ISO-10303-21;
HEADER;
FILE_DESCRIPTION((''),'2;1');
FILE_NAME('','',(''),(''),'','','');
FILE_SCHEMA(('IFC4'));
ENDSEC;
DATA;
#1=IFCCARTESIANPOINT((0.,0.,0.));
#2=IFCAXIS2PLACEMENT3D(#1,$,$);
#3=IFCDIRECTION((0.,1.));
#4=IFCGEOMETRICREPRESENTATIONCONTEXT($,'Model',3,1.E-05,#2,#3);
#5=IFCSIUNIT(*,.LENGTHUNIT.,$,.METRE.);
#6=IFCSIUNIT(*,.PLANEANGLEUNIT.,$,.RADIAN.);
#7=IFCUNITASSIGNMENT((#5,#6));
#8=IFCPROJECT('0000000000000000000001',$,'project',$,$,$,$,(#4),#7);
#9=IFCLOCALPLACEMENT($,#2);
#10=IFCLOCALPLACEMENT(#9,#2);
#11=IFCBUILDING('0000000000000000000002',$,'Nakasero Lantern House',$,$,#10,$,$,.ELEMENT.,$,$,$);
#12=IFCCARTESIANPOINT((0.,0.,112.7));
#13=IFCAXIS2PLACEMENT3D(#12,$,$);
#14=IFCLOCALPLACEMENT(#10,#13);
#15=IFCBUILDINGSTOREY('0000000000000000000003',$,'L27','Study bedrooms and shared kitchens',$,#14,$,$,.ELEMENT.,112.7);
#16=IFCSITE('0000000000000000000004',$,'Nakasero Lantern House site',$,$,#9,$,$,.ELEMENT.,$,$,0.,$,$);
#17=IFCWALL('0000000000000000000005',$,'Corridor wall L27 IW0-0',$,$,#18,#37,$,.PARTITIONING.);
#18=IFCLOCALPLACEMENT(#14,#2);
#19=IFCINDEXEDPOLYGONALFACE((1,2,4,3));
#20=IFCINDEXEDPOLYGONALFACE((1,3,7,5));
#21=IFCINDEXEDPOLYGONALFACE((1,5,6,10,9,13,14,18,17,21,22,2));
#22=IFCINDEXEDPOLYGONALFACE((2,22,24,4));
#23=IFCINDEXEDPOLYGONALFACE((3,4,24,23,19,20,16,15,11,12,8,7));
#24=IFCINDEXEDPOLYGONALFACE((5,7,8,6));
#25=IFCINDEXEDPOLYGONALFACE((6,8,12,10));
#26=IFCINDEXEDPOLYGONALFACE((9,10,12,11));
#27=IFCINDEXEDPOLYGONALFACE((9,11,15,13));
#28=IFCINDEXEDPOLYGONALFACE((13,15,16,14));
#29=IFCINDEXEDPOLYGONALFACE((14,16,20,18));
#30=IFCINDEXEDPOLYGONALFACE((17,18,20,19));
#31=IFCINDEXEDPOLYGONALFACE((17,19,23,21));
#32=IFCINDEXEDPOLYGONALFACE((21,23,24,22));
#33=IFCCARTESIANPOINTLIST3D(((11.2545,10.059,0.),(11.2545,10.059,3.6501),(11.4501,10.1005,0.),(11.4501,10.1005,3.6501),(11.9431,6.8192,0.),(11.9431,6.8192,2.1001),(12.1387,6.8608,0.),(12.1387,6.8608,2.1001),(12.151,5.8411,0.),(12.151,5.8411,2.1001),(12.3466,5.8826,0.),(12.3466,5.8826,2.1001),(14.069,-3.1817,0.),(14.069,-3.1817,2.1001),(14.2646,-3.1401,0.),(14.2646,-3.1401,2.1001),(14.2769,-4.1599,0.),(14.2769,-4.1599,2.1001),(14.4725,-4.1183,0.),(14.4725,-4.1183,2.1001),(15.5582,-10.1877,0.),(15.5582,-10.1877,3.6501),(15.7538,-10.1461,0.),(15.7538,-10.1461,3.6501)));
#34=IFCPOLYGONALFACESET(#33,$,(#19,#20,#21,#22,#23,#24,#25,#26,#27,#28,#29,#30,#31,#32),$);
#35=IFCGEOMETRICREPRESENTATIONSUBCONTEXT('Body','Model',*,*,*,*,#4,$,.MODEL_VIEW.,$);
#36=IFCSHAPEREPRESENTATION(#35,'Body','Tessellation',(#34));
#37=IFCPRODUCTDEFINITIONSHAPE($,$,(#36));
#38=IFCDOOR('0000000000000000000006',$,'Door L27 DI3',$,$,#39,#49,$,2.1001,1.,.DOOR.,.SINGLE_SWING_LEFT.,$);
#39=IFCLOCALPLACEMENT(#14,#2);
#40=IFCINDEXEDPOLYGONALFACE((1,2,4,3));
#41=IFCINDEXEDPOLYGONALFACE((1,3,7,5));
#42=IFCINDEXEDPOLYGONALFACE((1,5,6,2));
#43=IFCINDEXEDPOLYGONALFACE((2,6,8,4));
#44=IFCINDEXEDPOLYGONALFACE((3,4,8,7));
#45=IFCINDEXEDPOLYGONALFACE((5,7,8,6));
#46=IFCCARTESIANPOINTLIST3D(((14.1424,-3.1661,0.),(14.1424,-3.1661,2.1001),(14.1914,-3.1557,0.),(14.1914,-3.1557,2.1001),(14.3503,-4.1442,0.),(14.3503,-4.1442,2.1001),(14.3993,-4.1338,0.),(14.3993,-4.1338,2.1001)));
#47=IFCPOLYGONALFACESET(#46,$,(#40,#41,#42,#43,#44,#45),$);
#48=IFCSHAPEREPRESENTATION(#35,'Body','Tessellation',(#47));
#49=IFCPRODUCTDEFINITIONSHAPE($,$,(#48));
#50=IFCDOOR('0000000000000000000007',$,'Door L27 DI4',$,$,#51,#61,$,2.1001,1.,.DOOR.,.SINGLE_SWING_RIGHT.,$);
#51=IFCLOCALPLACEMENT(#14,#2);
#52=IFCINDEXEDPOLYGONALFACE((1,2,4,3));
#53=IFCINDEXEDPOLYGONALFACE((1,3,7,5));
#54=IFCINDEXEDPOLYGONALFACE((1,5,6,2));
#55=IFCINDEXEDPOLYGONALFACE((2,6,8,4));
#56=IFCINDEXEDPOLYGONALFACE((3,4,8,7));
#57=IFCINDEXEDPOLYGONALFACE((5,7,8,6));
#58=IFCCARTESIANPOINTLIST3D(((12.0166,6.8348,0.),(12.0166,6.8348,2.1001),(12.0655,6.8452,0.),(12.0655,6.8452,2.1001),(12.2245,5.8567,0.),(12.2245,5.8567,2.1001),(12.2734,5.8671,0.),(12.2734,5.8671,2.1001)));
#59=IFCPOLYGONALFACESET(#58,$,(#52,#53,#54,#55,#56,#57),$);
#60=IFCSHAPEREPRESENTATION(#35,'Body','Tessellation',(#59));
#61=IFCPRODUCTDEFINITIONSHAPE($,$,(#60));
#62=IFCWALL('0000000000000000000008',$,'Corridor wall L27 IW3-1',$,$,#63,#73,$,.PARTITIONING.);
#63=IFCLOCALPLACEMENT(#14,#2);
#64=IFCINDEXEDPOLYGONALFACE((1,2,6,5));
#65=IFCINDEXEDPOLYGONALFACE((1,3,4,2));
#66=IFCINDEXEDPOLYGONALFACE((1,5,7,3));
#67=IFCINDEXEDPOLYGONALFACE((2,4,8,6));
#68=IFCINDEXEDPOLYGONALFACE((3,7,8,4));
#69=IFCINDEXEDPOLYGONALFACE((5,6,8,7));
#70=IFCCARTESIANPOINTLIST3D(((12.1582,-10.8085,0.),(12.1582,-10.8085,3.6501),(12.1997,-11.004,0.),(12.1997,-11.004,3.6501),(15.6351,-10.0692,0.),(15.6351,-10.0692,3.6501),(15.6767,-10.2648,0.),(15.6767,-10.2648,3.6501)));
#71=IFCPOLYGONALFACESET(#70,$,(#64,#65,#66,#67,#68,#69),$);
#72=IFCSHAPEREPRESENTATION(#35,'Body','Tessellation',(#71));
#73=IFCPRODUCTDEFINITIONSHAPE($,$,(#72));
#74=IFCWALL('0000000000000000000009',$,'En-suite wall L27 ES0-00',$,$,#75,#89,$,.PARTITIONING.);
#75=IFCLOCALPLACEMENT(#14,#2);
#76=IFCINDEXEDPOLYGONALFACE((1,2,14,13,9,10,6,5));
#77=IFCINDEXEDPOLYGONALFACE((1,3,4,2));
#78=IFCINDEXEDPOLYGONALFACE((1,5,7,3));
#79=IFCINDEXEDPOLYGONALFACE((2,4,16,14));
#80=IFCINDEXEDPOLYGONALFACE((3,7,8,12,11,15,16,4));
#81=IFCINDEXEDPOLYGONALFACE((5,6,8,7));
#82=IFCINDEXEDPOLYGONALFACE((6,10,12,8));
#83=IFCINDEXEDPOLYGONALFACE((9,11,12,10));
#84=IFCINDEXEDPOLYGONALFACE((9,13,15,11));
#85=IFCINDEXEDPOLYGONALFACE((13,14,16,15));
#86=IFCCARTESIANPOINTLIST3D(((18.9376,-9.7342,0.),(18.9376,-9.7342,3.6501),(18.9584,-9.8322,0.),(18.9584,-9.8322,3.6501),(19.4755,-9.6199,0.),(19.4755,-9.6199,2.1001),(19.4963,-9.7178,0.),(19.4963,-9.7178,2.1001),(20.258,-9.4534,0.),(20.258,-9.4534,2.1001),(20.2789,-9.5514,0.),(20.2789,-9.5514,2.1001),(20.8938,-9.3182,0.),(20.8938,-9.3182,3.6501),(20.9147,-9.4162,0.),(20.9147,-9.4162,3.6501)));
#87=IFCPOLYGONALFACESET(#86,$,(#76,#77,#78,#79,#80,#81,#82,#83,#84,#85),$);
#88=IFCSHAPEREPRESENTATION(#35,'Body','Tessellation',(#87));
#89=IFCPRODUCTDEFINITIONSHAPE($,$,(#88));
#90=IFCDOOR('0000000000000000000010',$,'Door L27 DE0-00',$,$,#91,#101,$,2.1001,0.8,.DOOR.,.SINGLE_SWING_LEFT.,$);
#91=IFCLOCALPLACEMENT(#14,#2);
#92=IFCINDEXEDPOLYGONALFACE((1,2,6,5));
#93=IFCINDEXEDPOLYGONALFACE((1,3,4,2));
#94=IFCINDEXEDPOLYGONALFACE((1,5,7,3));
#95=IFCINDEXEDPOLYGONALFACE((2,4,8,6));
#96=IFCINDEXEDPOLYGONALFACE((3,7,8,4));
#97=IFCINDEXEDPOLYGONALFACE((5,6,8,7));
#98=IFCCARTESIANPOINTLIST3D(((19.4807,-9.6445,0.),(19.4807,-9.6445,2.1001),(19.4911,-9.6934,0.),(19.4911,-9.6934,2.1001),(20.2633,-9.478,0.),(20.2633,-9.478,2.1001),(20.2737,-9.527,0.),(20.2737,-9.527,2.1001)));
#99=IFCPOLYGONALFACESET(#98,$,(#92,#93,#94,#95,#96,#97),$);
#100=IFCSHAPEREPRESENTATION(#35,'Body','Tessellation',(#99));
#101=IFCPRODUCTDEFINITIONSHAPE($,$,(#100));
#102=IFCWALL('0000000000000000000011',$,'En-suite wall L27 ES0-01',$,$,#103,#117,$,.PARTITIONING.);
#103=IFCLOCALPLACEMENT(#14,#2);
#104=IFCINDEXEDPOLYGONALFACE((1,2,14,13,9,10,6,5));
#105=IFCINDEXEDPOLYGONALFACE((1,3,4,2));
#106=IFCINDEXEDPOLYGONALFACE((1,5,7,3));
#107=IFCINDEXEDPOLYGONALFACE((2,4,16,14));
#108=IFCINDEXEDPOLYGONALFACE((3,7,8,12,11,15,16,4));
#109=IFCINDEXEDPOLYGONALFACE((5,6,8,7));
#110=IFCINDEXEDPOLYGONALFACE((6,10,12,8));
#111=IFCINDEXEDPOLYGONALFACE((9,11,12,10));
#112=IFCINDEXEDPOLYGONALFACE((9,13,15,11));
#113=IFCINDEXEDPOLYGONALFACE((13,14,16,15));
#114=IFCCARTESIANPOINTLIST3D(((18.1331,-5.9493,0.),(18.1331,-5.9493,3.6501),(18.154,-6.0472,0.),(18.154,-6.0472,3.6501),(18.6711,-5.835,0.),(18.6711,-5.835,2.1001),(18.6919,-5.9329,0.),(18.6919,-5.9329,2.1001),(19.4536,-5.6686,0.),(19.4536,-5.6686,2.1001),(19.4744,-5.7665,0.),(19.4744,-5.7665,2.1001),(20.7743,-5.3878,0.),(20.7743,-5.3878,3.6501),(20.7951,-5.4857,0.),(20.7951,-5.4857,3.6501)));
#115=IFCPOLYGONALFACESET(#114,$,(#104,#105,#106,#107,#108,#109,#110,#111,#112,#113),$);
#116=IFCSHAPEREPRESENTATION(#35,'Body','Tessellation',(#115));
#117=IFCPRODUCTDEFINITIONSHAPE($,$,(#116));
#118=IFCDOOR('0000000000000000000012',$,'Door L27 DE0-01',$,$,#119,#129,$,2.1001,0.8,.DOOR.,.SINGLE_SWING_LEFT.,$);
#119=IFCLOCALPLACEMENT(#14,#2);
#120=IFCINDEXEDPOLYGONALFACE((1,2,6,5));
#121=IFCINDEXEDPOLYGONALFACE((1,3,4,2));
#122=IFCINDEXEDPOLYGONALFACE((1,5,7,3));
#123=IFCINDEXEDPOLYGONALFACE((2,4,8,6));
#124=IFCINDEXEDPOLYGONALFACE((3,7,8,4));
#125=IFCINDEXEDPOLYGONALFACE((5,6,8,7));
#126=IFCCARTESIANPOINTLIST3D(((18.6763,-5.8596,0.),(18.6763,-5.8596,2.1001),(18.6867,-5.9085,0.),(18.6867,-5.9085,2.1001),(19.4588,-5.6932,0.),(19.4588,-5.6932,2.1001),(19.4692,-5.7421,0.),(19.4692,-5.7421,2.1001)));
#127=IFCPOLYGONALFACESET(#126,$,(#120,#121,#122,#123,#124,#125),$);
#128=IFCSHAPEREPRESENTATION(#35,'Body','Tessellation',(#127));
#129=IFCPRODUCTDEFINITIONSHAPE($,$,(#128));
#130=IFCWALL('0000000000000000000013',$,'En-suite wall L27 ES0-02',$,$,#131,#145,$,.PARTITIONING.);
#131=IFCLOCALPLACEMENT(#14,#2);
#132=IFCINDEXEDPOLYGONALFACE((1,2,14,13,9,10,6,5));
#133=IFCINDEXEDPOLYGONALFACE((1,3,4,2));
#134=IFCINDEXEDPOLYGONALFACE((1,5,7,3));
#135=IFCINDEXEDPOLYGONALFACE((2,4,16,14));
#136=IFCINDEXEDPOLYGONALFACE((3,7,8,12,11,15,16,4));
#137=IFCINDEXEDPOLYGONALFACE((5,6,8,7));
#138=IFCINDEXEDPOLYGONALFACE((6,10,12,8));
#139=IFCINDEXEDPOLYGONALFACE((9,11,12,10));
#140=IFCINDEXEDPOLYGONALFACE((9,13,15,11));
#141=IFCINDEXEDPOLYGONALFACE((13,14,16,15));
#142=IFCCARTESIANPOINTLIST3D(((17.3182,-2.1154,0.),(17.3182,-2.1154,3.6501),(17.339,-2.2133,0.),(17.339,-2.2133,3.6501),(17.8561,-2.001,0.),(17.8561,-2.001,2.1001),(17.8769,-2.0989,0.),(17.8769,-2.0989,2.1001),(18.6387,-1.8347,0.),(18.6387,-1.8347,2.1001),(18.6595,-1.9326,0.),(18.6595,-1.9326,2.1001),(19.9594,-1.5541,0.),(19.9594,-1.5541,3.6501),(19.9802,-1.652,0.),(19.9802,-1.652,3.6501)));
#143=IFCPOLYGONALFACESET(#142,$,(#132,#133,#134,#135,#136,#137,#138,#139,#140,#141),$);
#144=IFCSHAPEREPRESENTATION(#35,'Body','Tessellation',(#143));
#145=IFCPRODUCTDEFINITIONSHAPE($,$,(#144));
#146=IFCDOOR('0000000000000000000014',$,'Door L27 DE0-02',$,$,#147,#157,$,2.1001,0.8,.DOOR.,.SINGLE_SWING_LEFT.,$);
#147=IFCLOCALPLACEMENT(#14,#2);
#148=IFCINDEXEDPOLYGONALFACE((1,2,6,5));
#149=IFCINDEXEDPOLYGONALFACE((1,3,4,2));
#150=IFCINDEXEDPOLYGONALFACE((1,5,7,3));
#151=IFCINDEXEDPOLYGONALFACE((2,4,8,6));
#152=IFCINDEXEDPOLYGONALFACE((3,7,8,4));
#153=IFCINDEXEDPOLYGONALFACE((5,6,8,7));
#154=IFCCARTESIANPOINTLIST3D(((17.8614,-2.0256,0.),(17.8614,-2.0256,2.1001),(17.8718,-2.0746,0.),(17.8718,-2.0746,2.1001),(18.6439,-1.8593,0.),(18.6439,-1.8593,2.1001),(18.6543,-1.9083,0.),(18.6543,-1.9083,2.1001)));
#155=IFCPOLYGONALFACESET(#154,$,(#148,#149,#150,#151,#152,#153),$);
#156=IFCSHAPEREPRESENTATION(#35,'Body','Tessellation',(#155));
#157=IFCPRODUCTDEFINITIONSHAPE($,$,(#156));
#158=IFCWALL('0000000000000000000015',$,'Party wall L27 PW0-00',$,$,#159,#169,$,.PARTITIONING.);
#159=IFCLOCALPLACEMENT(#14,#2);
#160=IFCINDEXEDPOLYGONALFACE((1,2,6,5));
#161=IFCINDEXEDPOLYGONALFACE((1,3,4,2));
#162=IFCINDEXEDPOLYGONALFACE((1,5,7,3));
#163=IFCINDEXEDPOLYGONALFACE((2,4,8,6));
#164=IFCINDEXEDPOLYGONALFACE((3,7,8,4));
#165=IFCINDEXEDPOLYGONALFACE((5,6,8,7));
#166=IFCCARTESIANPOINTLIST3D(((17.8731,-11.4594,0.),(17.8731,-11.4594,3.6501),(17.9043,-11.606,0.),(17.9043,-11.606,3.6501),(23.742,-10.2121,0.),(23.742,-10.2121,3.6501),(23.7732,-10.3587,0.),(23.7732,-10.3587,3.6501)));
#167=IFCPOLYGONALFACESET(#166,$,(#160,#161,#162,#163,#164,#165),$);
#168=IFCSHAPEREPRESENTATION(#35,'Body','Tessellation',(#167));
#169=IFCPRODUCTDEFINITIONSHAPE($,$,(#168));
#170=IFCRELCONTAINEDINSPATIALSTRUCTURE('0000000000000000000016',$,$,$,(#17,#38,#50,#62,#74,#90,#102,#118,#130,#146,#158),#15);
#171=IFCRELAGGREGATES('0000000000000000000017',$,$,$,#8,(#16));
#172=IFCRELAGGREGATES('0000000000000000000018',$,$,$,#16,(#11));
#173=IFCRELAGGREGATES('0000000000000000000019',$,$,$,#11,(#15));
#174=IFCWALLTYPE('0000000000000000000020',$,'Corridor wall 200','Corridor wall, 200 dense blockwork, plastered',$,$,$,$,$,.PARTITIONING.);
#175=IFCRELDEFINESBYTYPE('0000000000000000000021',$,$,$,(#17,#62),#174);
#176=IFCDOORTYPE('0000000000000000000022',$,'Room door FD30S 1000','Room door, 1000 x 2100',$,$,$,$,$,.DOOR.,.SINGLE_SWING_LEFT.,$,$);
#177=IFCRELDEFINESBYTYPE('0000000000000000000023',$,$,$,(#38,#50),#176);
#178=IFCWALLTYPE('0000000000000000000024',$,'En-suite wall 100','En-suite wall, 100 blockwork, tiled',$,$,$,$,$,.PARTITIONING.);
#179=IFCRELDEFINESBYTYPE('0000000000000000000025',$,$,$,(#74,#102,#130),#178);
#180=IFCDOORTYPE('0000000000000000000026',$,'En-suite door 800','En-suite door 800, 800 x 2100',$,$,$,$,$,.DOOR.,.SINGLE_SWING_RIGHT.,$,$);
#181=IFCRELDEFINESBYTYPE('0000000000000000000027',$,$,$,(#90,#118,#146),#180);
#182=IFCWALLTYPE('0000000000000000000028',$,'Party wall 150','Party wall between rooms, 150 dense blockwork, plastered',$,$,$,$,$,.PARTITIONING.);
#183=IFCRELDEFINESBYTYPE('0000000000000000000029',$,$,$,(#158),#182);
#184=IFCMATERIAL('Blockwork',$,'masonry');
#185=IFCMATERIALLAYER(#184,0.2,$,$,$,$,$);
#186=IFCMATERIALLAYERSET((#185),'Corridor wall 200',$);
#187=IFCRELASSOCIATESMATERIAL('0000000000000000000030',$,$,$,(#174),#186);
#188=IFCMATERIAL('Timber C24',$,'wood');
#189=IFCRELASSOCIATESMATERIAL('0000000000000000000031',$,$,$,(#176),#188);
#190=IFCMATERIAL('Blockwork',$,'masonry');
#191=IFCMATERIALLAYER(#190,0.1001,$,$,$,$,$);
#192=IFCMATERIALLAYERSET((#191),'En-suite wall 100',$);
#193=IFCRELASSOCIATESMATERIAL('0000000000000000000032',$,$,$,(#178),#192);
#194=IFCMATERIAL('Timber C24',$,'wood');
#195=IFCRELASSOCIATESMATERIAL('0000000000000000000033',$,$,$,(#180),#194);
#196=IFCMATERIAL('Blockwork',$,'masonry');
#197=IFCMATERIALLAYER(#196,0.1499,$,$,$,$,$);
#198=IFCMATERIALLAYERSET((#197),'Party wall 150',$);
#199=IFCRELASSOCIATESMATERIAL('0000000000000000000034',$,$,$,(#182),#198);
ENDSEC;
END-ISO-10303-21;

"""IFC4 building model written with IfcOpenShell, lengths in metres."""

from ifc_helpers import new_model, si_unit, direction, frame, frame_2d, origin, place, context, subcontext, project, spatial, rectangle, extrude, material, layer, layer_set, type_object, element, fill, save


model = new_model("IFC4")

# Units and contexts
model_context = context("Model", 3, precision=1e-05, world=origin(), true_north=direction((0.0, 1.0)))
body_context = subcontext(model_context, "Body", "Model", "MODEL_VIEW")
ifc_project = project(units=[si_unit("LENGTHUNIT", "METRE"), si_unit("PLANEANGLEUNIT", "RADIAN")], contexts=[model_context])

# Site, building, storey
site_placement = place(None, origin())
site = spatial("IfcSite", under=ifc_project, at=site_placement, Name="Nakasero Lantern House site", CompositionType="ELEMENT", RefElevation=0.0)
building_placement = place(site_placement, origin())
building = spatial("IfcBuilding", under=site, at=building_placement, Name="Nakasero Lantern House", CompositionType="ELEMENT")
storey_placement = place(building_placement, frame((0.0, 0.0, 112.7)))
storey = spatial("IfcBuildingStorey", under=building, at=storey_placement, Name="L27", Description="Study bedrooms and shared kitchens", CompositionType="ELEMENT", Elevation=112.7)

# Wall, openings, doors
ifc_material_1 = material(Name="Blockwork", Category="masonry")
ifc_layer_1 = layer(ifc_material_1, 0.2)
ifc_layer_set_1 = layer_set([ifc_layer_1], Name="Corridor wall 200")
wall_type_1 = type_object("IfcWallType", Name="Corridor wall 200", Description="Corridor wall, 200 dense blockwork, plastered", PredefinedType="PARTITIONING", material=ifc_layer_set_1)
wall_1_placement = place(storey_placement, frame((15.656, -10.167, 0.0), z_axis=(0.0, 0.0, 1.0), x_axis=(-0.207919, 0.978146, 0.0)))
wall_1 = element("IfcWall", 1, at=wall_1_placement, inside=storey, type_object=wall_type_1, Name="Corridor wall L27 IW0-0", PredefinedType="PARTITIONING", context=body_context, shape_type="SweptSolid", body=[
    extrude(rectangle(XDim=20.699, YDim=0.2, at=frame_2d((10.3496, 0.0))), origin(), (0.0, 0.0, 1.0), 3.6501),
])
opening_1_placement = place(wall_1_placement, frame((6.1626, 0.0, 0.0)))
opening_1 = element("IfcOpeningElement", 2, at=opening_1_placement, cuts=wall_1, PredefinedType="OPENING", context=body_context, shape_type="SweptSolid", body=[
    extrude(rectangle(XDim=1.0, YDim=2.1001, at=frame_2d((0.5, 1.05))), frame((0.0, 0.1199, 0.0), z_axis=(0.0, -1.0, 0.0), x_axis=(1.0, 0.0, 0.0)), (0.0, 0.0, 1.0), 0.24),
])
opening_2_placement = place(wall_1_placement, frame((16.387, 0.0, 0.0)))
opening_2 = element("IfcOpeningElement", 3, at=opening_2_placement, cuts=wall_1, PredefinedType="OPENING", context=body_context, shape_type="SweptSolid", body=[
    extrude(rectangle(XDim=1.0, YDim=2.1001, at=frame_2d((0.5, 1.05))), frame((0.0, 0.1199, 0.0), z_axis=(0.0, -1.0, 0.0), x_axis=(1.0, 0.0, 0.0)), (0.0, 0.0, 1.0), 0.24),
])
ifc_material_2 = material(Name="Timber C24", Category="wood")
door_type_1 = type_object("IfcDoorType", Name="Room door FD30S 1000", Description="Room door, 1000 x 2100", OperationType="SINGLE_SWING_LEFT", PredefinedType="DOOR", material=ifc_material_2)
door_1_placement = place(opening_1_placement, origin())
door_1 = element("IfcDoor", 4, at=door_1_placement, inside=storey, type_object=door_type_1, Name="Door L27 DI3", OperationType="SINGLE_SWING_LEFT", OverallHeight=2.1001, OverallWidth=1.0, PredefinedType="DOOR", context=body_context, shape_type="SweptSolid", body=[
    extrude(rectangle(XDim=1.0, YDim=2.1001, at=frame_2d((0.5, 1.05))), frame((0.0, 0.0249, 0.0), z_axis=(0.0, -1.0, 0.0), x_axis=(1.0, 0.0, 0.0)), (0.0, 0.0, 1.0), 0.05),
])
fill(opening_1, door_1)
door_2_placement = place(opening_2_placement, origin())
door_2 = element("IfcDoor", 5, at=door_2_placement, inside=storey, type_object=door_type_1, Name="Door L27 DI4", OperationType="SINGLE_SWING_RIGHT", OverallHeight=2.1001, OverallWidth=1.0, PredefinedType="DOOR", context=body_context, shape_type="SweptSolid", body=[
    extrude(rectangle(XDim=1.0, YDim=2.1001, at=frame_2d((0.5, 1.05))), frame((0.0, 0.0249, 0.0), z_axis=(0.0, -1.0, 0.0), x_axis=(1.0, 0.0, 0.0)), (0.0, 0.0, 1.0), 0.05),
])
fill(opening_2, door_2)

# Wall
wall_2_placement = place(storey_placement, frame((12.179, -10.9062, 0.0), z_axis=(0.0, 0.0, 1.0), x_axis=(0.978137, 0.207962, 0.0)))
element("IfcWall", 6, at=wall_2_placement, inside=storey, type_object=wall_type_1, Name="Corridor wall L27 IW3-1", PredefinedType="PARTITIONING", context=body_context, shape_type="SweptSolid", body=[
    extrude(rectangle(XDim=3.5547, YDim=0.2, at=frame_2d((1.7773, 0.0))), origin(), (0.0, 0.0, 1.0), 3.6501),
])

# Walls, openings, doors
ifc_material_3 = material(Name="Blockwork", Category="masonry")
ifc_layer_2 = layer(ifc_material_3, 0.1001)
ifc_layer_set_2 = layer_set([ifc_layer_2], Name="En-suite wall 100")
wall_type_2 = type_object("IfcWallType", Name="En-suite wall 100", Description="En-suite wall, 100 blockwork, tiled", PredefinedType="PARTITIONING", material=ifc_layer_set_2)
wall_3_placement = place(storey_placement, frame((18.948, -9.7832, 0.0), z_axis=(0.0, 0.0, 1.0), x_axis=(0.978128, 0.208003, 0.0)))
wall_3 = element("IfcWall", 7, at=wall_3_placement, inside=storey, type_object=wall_type_2, Name="En-suite wall L27 ES0-00", PredefinedType="PARTITIONING", context=body_context, shape_type="SweptSolid", body=[
    extrude(rectangle(XDim=2.0, YDim=0.1001, at=frame_2d((1.0, 0.0))), origin(), (0.0, 0.0, 1.0), 3.6501),
])
opening_3_placement = place(wall_3_placement, frame((0.55, 0.0, 0.0)))
opening_3 = element("IfcOpeningElement", 8, at=opening_3_placement, cuts=wall_3, PredefinedType="OPENING", context=body_context, shape_type="SweptSolid", body=[
    extrude(rectangle(XDim=0.8, YDim=2.1001, at=frame_2d((0.3999, 1.05))), frame((0.0, 0.0701, 0.0), z_axis=(0.0, -1.0, 0.0), x_axis=(1.0, 0.0, 0.0)), (0.0, 0.0, 1.0), 0.1401),
])
ifc_material_4 = material(Name="Timber C24", Category="wood")
door_type_2 = type_object("IfcDoorType", Name="En-suite door 800", Description="En-suite door 800, 800 x 2100", OperationType="SINGLE_SWING_RIGHT", PredefinedType="DOOR", material=ifc_material_4)
door_3_placement = place(opening_3_placement, origin())
door_3 = element("IfcDoor", 9, at=door_3_placement, inside=storey, type_object=door_type_2, Name="Door L27 DE0-00", OperationType="SINGLE_SWING_LEFT", OverallHeight=2.1001, OverallWidth=0.8, PredefinedType="DOOR", context=body_context, shape_type="SweptSolid", body=[
    extrude(rectangle(XDim=0.8, YDim=2.1001, at=frame_2d((0.3999, 1.05))), frame((0.0, 0.0249, 0.0), z_axis=(0.0, -1.0, 0.0), x_axis=(1.0, 0.0, 0.0)), (0.0, 0.0, 1.0), 0.05),
])
fill(opening_3, door_3)
wall_4_placement = place(storey_placement, frame((18.1436, -5.9983, 0.0), z_axis=(0.0, 0.0, 1.0), x_axis=(0.978137, 0.20796, 0.0)))
wall_4 = element("IfcWall", 10, at=wall_4_placement, inside=storey, type_object=wall_type_2, Name="En-suite wall L27 ES0-01", PredefinedType="PARTITIONING", context=body_context, shape_type="SweptSolid", body=[
    extrude(rectangle(XDim=2.7002, YDim=0.1001, at=frame_2d((1.3501, 0.0))), origin(), (0.0, 0.0, 1.0), 3.6501),
])
opening_4_placement = place(wall_4_placement, frame((0.55, 0.0, 0.0)))
opening_4 = element("IfcOpeningElement", 11, at=opening_4_placement, cuts=wall_4, PredefinedType="OPENING", context=body_context, shape_type="SweptSolid", body=[
    extrude(rectangle(XDim=0.8, YDim=2.1001, at=frame_2d((0.3999, 1.05))), frame((0.0, 0.0701, 0.0), z_axis=(0.0, -1.0, 0.0), x_axis=(1.0, 0.0, 0.0)), (0.0, 0.0, 1.0), 0.1401),
])
door_4_placement = place(opening_4_placement, origin())
door_4 = element("IfcDoor", 12, at=door_4_placement, inside=storey, type_object=door_type_2, Name="Door L27 DE0-01", OperationType="SINGLE_SWING_LEFT", OverallHeight=2.1001, OverallWidth=0.8, PredefinedType="DOOR", context=body_context, shape_type="SweptSolid", body=[
    extrude(rectangle(XDim=0.8, YDim=2.1001, at=frame_2d((0.3999, 1.05))), frame((0.0, 0.0249, 0.0), z_axis=(0.0, -1.0, 0.0), x_axis=(1.0, 0.0, 0.0)), (0.0, 0.0, 1.0), 0.05),
])
fill(opening_4, door_4)
wall_5_placement = place(storey_placement, frame((17.3286, -2.1643, 0.0), z_axis=(0.0, 0.0, 1.0), x_axis=(0.978156, 0.207874, 0.0)))
wall_5 = element("IfcWall", 13, at=wall_5_placement, inside=storey, type_object=wall_type_2, Name="En-suite wall L27 ES0-02", PredefinedType="PARTITIONING", context=body_context, shape_type="SweptSolid", body=[
    extrude(rectangle(XDim=2.7002, YDim=0.1001, at=frame_2d((1.3501, 0.0))), origin(), (0.0, 0.0, 1.0), 3.6501),
])
opening_5_placement = place(wall_5_placement, frame((0.55, 0.0, 0.0)))
opening_5 = element("IfcOpeningElement", 14, at=opening_5_placement, cuts=wall_5, PredefinedType="OPENING", context=body_context, shape_type="SweptSolid", body=[
    extrude(rectangle(XDim=0.8, YDim=2.1001, at=frame_2d((0.3999, 1.05))), frame((0.0, 0.0701, 0.0), z_axis=(0.0, -1.0, 0.0), x_axis=(1.0, 0.0, 0.0)), (0.0, 0.0, 1.0), 0.1401),
])
door_5_placement = place(opening_5_placement, origin())
door_5 = element("IfcDoor", 15, at=door_5_placement, inside=storey, type_object=door_type_2, Name="Door L27 DE0-02", OperationType="SINGLE_SWING_LEFT", OverallHeight=2.1001, OverallWidth=0.8, PredefinedType="DOOR", context=body_context, shape_type="SweptSolid", body=[
    extrude(rectangle(XDim=0.8, YDim=2.1001, at=frame_2d((0.3999, 1.05))), frame((0.0, 0.0249, 0.0), z_axis=(0.0, -1.0, 0.0), x_axis=(1.0, 0.0, 0.0)), (0.0, 0.0, 1.0), 0.05),
])
fill(opening_5, door_5)

# Wall
ifc_material_5 = material(Name="Blockwork", Category="masonry")
ifc_layer_3 = layer(ifc_material_5, 0.1499)
ifc_layer_set_3 = layer_set([ifc_layer_3], Name="Party wall 150")
wall_type_3 = type_object("IfcWallType", Name="Party wall 150", Description="Party wall between rooms, 150 dense blockwork, plastered", PredefinedType="PARTITIONING", material=ifc_layer_set_3)
wall_6_placement = place(storey_placement, frame((17.8887, -11.5327, 0.0), z_axis=(0.0, 0.0, 1.0), x_axis=(0.978153, 0.207886, 0.0)))
element("IfcWall", 16, at=wall_6_placement, inside=storey, type_object=wall_type_3, Name="Party wall L27 PW0-00", PredefinedType="PARTITIONING", context=body_context, shape_type="SweptSolid", body=[
    extrude(rectangle(XDim=6.0, YDim=0.1499, at=frame_2d((3.0, 0.0))), origin(), (0.0, 0.0, 1.0), 3.6501),
])

save(model, "model.ifc")
